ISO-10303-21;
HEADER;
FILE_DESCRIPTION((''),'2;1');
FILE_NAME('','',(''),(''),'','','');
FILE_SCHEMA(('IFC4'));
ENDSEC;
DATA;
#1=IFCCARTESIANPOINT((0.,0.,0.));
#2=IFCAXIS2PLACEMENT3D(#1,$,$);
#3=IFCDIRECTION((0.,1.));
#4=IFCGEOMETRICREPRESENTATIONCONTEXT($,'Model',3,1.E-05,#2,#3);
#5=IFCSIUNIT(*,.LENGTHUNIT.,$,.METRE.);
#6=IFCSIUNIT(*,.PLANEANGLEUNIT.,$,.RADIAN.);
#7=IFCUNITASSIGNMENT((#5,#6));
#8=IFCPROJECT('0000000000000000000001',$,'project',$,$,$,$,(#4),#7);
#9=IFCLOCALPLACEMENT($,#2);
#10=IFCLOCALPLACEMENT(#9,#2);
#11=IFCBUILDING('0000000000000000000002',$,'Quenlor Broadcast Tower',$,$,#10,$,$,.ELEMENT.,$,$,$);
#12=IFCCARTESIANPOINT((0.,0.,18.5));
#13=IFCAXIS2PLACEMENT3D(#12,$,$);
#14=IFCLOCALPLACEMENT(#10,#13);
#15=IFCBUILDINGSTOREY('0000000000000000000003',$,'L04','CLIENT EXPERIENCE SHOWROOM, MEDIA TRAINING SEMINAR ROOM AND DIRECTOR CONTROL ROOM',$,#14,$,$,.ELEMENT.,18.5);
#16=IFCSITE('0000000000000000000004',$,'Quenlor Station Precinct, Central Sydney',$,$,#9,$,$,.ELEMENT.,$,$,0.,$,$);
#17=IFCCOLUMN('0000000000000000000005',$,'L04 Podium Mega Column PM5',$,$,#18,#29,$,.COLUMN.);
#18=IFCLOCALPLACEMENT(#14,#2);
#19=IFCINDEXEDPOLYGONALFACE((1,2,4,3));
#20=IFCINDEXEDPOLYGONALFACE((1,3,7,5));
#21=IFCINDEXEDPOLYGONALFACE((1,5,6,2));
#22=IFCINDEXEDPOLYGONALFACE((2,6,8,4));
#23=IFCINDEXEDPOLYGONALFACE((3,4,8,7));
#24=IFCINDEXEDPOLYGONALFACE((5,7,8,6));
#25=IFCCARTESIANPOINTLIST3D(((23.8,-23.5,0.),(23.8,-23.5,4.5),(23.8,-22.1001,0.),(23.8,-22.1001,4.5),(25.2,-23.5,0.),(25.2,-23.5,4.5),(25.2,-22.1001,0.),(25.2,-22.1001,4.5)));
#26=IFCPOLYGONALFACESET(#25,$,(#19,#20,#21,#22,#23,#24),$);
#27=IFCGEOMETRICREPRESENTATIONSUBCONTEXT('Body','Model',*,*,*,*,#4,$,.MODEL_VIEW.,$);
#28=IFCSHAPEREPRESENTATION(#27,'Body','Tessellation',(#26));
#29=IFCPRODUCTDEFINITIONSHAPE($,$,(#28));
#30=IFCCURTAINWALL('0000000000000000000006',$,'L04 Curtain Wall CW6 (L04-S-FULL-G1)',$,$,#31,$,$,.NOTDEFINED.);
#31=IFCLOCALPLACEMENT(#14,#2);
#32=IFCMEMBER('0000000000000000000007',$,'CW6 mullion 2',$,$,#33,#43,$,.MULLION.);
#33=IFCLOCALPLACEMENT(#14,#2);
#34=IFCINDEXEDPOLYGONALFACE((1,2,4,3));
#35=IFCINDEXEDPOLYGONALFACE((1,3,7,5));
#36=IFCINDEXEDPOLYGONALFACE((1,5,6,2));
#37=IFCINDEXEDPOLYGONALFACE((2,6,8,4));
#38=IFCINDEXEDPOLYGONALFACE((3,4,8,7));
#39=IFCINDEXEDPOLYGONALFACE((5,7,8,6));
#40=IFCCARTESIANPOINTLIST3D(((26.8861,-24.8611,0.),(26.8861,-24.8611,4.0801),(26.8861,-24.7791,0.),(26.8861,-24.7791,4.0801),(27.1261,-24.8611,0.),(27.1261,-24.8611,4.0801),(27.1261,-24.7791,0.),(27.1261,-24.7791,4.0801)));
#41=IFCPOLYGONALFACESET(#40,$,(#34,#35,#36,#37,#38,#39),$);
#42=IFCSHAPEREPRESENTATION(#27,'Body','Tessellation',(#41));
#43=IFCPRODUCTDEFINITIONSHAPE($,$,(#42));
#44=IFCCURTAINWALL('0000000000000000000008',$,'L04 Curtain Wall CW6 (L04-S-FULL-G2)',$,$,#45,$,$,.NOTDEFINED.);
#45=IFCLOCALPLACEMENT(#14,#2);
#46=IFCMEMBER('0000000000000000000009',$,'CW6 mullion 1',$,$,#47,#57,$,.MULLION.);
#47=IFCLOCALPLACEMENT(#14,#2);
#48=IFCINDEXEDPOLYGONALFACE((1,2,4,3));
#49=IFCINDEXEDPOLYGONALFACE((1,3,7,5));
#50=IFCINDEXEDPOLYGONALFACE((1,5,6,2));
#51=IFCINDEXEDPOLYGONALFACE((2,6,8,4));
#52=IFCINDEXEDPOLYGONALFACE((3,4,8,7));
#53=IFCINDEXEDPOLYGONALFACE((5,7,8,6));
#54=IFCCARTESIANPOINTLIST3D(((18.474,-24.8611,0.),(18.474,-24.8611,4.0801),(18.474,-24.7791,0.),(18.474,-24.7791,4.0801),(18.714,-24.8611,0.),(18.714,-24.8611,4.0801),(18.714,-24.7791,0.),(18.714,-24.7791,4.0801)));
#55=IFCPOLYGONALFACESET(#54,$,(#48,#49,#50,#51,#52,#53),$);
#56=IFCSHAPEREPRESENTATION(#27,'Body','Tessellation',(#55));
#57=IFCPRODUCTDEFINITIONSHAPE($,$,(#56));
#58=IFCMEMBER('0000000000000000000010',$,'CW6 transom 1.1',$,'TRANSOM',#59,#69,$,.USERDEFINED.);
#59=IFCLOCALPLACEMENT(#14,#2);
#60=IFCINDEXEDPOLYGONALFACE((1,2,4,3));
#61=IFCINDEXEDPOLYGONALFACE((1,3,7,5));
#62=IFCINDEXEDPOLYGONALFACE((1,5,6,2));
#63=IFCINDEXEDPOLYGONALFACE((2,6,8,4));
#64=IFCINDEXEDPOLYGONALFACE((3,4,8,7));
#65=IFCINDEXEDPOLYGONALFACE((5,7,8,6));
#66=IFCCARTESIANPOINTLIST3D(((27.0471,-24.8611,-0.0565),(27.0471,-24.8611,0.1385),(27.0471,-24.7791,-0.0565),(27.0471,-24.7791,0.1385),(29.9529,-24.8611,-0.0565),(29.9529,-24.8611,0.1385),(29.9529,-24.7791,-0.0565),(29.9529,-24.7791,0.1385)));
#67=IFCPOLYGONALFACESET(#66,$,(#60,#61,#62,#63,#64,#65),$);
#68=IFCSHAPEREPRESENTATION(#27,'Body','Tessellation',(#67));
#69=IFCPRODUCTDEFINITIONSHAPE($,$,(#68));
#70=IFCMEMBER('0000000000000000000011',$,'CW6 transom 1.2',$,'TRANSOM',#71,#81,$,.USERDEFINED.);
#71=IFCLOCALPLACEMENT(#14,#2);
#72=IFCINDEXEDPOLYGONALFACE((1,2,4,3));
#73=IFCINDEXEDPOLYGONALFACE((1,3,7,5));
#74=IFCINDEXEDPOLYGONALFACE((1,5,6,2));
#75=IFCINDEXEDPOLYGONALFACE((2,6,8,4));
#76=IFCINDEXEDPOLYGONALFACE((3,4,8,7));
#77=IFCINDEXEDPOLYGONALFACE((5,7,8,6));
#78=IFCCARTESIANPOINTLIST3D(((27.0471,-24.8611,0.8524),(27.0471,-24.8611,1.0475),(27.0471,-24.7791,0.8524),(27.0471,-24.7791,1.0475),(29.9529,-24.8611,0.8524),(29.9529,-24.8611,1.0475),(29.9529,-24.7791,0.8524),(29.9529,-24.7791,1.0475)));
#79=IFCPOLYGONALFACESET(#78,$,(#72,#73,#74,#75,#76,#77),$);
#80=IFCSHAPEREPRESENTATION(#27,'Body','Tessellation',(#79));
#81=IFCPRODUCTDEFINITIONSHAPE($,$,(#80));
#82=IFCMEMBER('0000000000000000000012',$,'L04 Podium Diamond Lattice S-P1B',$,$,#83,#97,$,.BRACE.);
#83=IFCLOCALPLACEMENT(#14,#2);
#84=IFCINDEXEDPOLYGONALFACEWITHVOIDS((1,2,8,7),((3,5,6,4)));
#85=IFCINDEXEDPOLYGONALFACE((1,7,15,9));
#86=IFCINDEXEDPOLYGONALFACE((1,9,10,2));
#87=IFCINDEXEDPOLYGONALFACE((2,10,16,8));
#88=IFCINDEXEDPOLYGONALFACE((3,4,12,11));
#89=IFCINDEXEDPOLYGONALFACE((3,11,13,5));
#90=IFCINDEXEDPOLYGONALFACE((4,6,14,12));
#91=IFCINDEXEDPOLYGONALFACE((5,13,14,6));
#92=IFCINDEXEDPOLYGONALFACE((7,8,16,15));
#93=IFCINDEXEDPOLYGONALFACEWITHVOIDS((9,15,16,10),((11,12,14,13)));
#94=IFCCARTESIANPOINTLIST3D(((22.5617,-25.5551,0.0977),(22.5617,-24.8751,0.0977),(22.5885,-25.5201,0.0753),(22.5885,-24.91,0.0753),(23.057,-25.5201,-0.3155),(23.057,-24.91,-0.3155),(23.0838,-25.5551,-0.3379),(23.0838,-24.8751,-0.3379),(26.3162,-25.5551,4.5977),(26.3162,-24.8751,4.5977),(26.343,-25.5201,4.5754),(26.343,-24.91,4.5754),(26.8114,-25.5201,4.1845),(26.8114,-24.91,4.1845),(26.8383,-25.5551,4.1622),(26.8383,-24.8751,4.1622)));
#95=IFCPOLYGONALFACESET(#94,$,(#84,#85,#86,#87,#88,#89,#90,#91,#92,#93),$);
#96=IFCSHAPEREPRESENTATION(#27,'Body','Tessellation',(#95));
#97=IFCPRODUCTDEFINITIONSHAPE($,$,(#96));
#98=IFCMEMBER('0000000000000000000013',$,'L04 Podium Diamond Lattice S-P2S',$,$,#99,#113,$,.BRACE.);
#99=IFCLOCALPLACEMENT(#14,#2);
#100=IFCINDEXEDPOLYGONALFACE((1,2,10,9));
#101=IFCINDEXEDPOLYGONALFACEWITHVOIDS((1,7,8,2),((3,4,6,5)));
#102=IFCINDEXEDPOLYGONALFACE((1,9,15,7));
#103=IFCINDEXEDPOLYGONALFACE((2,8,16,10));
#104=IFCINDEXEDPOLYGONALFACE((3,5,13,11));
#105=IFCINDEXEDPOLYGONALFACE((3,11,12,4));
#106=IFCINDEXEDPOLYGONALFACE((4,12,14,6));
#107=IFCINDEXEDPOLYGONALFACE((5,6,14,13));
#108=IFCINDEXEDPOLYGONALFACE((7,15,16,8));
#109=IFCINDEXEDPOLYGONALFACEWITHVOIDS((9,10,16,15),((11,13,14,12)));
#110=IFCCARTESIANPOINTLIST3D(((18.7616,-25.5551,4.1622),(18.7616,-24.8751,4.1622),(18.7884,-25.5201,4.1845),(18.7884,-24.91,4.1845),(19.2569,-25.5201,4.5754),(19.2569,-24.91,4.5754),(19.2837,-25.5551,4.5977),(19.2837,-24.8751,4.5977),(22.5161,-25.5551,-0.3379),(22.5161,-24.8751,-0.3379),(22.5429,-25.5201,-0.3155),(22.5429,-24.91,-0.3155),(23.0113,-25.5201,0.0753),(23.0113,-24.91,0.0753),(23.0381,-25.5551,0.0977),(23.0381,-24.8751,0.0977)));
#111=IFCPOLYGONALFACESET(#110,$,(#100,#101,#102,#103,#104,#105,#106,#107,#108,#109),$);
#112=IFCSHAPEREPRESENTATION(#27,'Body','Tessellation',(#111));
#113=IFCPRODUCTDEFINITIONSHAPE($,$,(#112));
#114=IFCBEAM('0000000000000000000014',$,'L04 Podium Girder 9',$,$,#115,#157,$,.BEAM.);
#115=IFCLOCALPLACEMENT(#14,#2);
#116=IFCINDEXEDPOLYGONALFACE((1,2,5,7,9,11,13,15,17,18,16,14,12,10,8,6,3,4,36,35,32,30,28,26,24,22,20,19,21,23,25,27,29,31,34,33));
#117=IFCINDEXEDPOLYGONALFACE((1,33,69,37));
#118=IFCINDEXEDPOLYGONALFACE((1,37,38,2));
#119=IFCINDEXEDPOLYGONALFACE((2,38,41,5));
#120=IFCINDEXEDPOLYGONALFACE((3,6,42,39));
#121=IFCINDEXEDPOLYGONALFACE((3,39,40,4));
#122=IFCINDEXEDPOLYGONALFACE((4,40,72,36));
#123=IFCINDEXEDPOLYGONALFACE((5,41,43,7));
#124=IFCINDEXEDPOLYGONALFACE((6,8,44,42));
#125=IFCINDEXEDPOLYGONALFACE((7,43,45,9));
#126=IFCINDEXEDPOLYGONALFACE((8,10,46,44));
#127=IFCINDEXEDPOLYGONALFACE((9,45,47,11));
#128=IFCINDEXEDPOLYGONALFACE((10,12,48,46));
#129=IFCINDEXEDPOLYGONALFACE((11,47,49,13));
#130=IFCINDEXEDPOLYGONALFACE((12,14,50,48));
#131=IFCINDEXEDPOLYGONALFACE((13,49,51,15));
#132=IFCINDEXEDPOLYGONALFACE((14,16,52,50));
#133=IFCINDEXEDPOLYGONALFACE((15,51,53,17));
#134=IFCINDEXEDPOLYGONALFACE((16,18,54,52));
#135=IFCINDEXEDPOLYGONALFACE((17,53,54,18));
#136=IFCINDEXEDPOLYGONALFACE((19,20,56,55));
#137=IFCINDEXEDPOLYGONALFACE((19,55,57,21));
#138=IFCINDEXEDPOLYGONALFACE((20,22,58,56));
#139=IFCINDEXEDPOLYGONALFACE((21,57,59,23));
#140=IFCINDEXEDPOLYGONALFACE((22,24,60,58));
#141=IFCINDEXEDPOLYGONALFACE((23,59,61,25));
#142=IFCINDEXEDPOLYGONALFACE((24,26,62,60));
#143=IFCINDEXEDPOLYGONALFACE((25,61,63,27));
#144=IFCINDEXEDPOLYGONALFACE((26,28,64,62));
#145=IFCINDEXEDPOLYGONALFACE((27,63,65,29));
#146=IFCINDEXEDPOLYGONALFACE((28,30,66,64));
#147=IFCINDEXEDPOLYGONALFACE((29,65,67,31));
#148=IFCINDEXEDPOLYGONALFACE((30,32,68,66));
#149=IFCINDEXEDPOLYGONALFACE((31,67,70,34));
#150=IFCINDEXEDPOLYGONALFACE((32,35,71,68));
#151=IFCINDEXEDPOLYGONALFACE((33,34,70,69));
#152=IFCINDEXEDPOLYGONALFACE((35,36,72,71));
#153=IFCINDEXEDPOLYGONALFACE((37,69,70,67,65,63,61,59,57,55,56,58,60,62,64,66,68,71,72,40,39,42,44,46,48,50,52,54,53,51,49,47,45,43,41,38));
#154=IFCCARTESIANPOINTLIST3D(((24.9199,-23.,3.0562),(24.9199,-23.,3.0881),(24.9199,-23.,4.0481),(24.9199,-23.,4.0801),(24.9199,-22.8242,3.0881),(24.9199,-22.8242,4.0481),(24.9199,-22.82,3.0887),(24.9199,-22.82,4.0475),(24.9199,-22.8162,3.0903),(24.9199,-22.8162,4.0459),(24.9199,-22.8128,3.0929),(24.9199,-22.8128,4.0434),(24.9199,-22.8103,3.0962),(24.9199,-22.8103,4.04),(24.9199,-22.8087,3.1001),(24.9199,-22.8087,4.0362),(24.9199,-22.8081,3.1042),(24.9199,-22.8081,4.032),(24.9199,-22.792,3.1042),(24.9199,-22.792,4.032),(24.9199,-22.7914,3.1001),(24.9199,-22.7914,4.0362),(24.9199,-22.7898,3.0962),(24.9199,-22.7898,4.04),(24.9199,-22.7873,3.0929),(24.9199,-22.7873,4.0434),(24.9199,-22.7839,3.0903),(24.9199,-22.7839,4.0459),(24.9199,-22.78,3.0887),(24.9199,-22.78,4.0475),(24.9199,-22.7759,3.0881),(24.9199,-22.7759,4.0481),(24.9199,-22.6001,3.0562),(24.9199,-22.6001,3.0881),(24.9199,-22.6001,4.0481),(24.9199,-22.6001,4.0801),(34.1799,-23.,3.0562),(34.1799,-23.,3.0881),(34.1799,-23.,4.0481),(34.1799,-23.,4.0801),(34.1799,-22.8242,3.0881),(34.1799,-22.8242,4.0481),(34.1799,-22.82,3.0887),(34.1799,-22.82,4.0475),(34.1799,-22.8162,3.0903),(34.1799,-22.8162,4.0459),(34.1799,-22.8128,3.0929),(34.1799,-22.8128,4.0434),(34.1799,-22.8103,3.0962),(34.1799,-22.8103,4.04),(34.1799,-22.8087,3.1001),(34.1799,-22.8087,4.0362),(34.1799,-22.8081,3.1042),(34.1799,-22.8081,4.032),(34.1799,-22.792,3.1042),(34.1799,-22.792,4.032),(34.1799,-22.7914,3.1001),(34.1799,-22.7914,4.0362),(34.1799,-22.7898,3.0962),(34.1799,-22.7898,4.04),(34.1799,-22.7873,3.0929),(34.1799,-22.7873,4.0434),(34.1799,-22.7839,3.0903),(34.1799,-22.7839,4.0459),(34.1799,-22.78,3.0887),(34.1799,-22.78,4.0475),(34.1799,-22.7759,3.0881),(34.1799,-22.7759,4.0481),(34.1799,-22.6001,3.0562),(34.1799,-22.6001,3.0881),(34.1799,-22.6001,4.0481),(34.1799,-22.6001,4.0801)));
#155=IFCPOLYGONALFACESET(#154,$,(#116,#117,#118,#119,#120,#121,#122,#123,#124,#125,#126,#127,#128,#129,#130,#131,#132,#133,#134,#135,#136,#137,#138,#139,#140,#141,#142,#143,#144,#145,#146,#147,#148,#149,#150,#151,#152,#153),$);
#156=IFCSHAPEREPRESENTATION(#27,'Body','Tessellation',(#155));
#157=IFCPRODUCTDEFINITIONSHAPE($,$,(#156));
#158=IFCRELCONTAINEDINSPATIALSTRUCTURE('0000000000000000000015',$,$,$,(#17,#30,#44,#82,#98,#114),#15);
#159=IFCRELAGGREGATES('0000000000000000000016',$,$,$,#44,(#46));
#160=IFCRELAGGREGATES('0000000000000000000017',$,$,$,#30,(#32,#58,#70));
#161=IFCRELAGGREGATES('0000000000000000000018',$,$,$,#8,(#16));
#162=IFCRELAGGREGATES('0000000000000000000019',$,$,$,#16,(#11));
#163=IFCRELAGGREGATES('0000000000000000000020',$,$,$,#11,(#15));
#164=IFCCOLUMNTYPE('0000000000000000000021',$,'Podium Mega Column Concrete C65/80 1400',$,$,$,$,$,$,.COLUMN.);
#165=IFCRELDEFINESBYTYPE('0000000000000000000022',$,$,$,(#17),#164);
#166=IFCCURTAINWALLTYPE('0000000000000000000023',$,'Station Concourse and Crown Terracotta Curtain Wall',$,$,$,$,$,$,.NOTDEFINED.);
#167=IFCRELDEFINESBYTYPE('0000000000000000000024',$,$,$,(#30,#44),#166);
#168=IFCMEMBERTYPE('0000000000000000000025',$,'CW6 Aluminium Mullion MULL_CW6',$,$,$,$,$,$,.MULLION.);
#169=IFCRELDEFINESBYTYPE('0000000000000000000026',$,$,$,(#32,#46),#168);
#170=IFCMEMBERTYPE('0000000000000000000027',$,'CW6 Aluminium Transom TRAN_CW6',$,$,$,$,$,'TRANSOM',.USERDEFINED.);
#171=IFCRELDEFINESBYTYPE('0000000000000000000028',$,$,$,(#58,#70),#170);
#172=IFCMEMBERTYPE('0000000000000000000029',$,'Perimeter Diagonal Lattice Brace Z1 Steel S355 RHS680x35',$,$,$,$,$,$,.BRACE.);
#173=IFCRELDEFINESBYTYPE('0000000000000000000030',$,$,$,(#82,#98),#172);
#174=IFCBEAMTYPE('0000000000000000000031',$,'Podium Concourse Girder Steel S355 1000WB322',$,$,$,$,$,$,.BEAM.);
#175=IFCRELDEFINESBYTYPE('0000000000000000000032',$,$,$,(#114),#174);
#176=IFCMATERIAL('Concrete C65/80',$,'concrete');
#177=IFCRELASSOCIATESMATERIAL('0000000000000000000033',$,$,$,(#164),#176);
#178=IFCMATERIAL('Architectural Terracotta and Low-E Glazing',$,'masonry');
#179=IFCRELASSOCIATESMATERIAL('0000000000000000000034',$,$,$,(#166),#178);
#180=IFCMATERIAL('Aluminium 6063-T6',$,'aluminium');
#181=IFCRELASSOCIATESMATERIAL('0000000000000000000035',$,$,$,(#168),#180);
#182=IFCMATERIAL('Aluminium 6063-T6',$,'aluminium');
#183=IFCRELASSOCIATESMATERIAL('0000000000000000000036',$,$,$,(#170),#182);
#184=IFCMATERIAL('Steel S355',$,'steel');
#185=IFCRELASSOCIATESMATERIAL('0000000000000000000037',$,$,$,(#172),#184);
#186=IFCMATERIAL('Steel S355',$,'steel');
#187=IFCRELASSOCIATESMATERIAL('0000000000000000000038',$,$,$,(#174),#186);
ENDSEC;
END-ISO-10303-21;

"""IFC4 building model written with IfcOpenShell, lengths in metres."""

from ifc_helpers import new_model, si_unit, direction, frame, origin, origin_2d, place, context, subcontext, project, spatial, rectangle, hollow_rectangle, i_section, extrude, material, material_profile, profile_set, type_object, element, aggregate, save


model = new_model("IFC4")

# Units and contexts
model_context = context("Model", 3, precision=1e-05, world=origin(), true_north=direction((0.0, 1.0)))
body_context = subcontext(model_context, "Body", "Model", "MODEL_VIEW")
ifc_project = project(units=[si_unit("LENGTHUNIT", "METRE"), si_unit("PLANEANGLEUNIT", "RADIAN")], contexts=[model_context])

# Site, building, storey
site_placement = place(None, origin())
site = spatial("IfcSite", under=ifc_project, at=site_placement, Name="Quenlor Station Precinct, Central Sydney", CompositionType="ELEMENT", RefElevation=0.0)
building_placement = place(site_placement, origin())
building = spatial("IfcBuilding", under=site, at=building_placement, Name="Quenlor Broadcast Tower", CompositionType="ELEMENT")
storey_placement = place(building_placement, frame((0.0, 0.0, 18.5)))
storey = spatial("IfcBuildingStorey", under=building, at=storey_placement, Name="L04", Description="CLIENT EXPERIENCE SHOWROOM, MEDIA TRAINING SEMINAR ROOM AND DIRECTOR CONTROL ROOM", CompositionType="ELEMENT", Elevation=18.5)

# Column
ifc_material_1 = material(Name="Concrete C65/80", Category="concrete")
ifc_material_profile_1 = material_profile(ifc_material_1, rectangle(XDim=1.3999, YDim=1.3999, at=origin_2d()))
ifc_profile_set_1 = profile_set([ifc_material_profile_1], Name="Concrete C65/80 RC1400x1400")
column_type = type_object("IfcColumnType", Name="Podium Mega Column Concrete C65/80 1400", PredefinedType="COLUMN", material=ifc_profile_set_1)
column_placement = place(storey_placement, frame((24.5, -22.8, 0.0), z_axis=(0.0, 0.0, 1.0), x_axis=(1.0, 0.0, 0.0)))
element("IfcColumn", 1, at=column_placement, inside=storey, type_object=column_type, Name="L04 Podium Mega Column PM5", PredefinedType="COLUMN", context=body_context, shape_type="SweptSolid", body=[
    extrude(rectangle(XDim=1.3999, YDim=1.3999, at=origin_2d()), origin(), (0.0, 0.0, 1.0), 4.5),
])

# Curtain walls, members
ifc_material_2 = material(Name="Architectural Terracotta and Low-E Glazing", Category="masonry")
curtain_wall_type = type_object("IfcCurtainWallType", Name="Station Concourse and Crown Terracotta Curtain Wall", PredefinedType="NOTDEFINED", material=ifc_material_2)
curtain_wall_1_placement = place(storey_placement, origin())
curtain_wall_1 = element("IfcCurtainWall", 2, at=curtain_wall_1_placement, inside=storey, type_object=curtain_wall_type, Name="L04 Curtain Wall CW6 (L04-S-FULL-G1)", PredefinedType="NOTDEFINED")
ifc_material_3 = material(Name="Aluminium 6063-T6", Category="aluminium")
ifc_material_profile_2 = material_profile(ifc_material_3, rectangle(XDim=0.082, YDim=0.24, at=origin_2d()))
ifc_profile_set_2 = profile_set([ifc_material_profile_2], Name="Aluminium 6063-T6 MULL82x240")
member_type_1 = type_object("IfcMemberType", Name="CW6 Aluminium Mullion MULL_CW6", PredefinedType="MULLION", material=ifc_profile_set_2)
member_1_placement = place(storey_placement, frame((27.0061, -24.8201, 0.0), z_axis=(0.0, 0.0, 1.0), x_axis=(0.0, -1.0, 0.0)))
member_1 = element("IfcMember", 3, at=member_1_placement, type_object=member_type_1, Name="CW6 mullion 2", PredefinedType="MULLION", context=body_context, shape_type="SweptSolid", body=[
    extrude(rectangle(XDim=0.082, YDim=0.24, at=origin_2d()), origin(), (0.0, 0.0, 1.0), 4.0801),
])
curtain_wall_2_placement = place(storey_placement, origin())
curtain_wall_2 = element("IfcCurtainWall", 4, at=curtain_wall_2_placement, inside=storey, type_object=curtain_wall_type, Name="L04 Curtain Wall CW6 (L04-S-FULL-G2)", PredefinedType="NOTDEFINED")
member_2_placement = place(storey_placement, frame((18.594, -24.8201, 0.0), z_axis=(0.0, 0.0, 1.0), x_axis=(0.0, -1.0, 0.0)))
member_2 = element("IfcMember", 5, at=member_2_placement, type_object=member_type_1, Name="CW6 mullion 1", PredefinedType="MULLION", context=body_context, shape_type="SweptSolid", body=[
    extrude(rectangle(XDim=0.082, YDim=0.24, at=origin_2d()), origin(), (0.0, 0.0, 1.0), 4.0801),
])
aggregate(curtain_wall_2, [member_2])

# Members
ifc_material_4 = material(Name="Aluminium 6063-T6", Category="aluminium")
ifc_material_profile_3 = material_profile(ifc_material_4, rectangle(XDim=0.082, YDim=0.1951, at=origin_2d()))
ifc_profile_set_3 = profile_set([ifc_material_profile_3], Name="Aluminium 6063-T6 TRAN82x195")
member_type_2 = type_object("IfcMemberType", Name="CW6 Aluminium Transom TRAN_CW6", ElementType="TRANSOM", PredefinedType="USERDEFINED", material=ifc_profile_set_3)
member_3_placement = place(storey_placement, frame((29.9529, -24.8201, 0.041), z_axis=(-1.0, 0.0, 0.0), x_axis=(0.0, -1.0, 0.0)))
member_3 = element("IfcMember", 6, at=member_3_placement, type_object=member_type_2, Name="CW6 transom 1.1", ObjectType="TRANSOM", PredefinedType="USERDEFINED", context=body_context, shape_type="SweptSolid", body=[
    extrude(rectangle(XDim=0.082, YDim=0.1951, at=origin_2d()), origin(), (0.0, 0.0, 1.0), 2.9058),
])
member_4_placement = place(storey_placement, frame((29.9529, -24.8201, 0.95), z_axis=(-1.0, 0.0, 0.0), x_axis=(0.0, -1.0, 0.0)))
member_4 = element("IfcMember", 7, at=member_4_placement, type_object=member_type_2, Name="CW6 transom 1.2", ObjectType="TRANSOM", PredefinedType="USERDEFINED", context=body_context, shape_type="SweptSolid", body=[
    extrude(rectangle(XDim=0.082, YDim=0.1951, at=origin_2d()), origin(), (0.0, 0.0, 1.0), 2.9058),
])

# Members
ifc_material_5 = material(Name="Steel S355", Category="steel")
ifc_material_profile_4 = material_profile(ifc_material_5, hollow_rectangle(XDim=0.6799, YDim=0.6799, WallThickness=0.0349, at=origin_2d()))
ifc_profile_set_4 = profile_set([ifc_material_profile_4], Name="Steel S355 RHS680x680x35")
member_type_3 = type_object("IfcMemberType", Name="Perimeter Diagonal Lattice Brace Z1 Steel S355 RHS680x35", PredefinedType="BRACE", material=ifc_profile_set_4)
for number, where, z_axis, x_axis, name in (
    (8, (22.8228, -25.2151, -0.1201), (0.640627, 0.0, 0.767852), (0.0, 1.0, 0.0), "L04 Podium Diamond Lattice S-P1B"),
    (9, (22.7771, -25.2151, -0.1201), (-0.640627, 0.0, 0.767852), (0.0, -1.0, 0.0), "L04 Podium Diamond Lattice S-P2S"),
):
    element("IfcMember", number, at=place(storey_placement, frame(where, z_axis=z_axis, x_axis=x_axis)), inside=storey, type_object=member_type_3, Name=name, PredefinedType="BRACE", context=body_context, shape_type="SweptSolid", body=[
        extrude(hollow_rectangle(XDim=0.6799, YDim=0.6799, WallThickness=0.0349, at=origin_2d()), origin(), (0.0, 0.0, 1.0), 5.8606),
    ])

# Beam
ifc_material_6 = material(Name="Steel S355", Category="steel")
ifc_material_profile_5 = material_profile(ifc_material_6, i_section(OverallWidth=0.3999, OverallDepth=1.0239, WebThickness=0.0161, FlangeThickness=0.032, FilletRadius=0.0161, at=origin_2d()))
ifc_profile_set_5 = profile_set([ifc_material_profile_5], Name="Steel S355 1000WB322")
beam_type_1 = type_object("IfcBeamType", Name="Podium Concourse Girder Steel S355 1000WB322", PredefinedType="BEAM", material=ifc_profile_set_5)
beam_1_placement = place(storey_placement, frame((24.9199, -22.8, 3.5681), z_axis=(1.0, 0.0, 0.0), x_axis=(0.0, 1.0, 0.0)))
element("IfcBeam", 10, at=beam_1_placement, inside=storey, type_object=beam_type_1, Name="L04 Podium Girder 9", PredefinedType="BEAM", context=body_context, shape_type="SweptSolid", body=[
    extrude(i_section(OverallWidth=0.3999, OverallDepth=1.0239, WebThickness=0.0161, FlangeThickness=0.032, FilletRadius=0.0161, at=origin_2d()), origin(), (0.0, 0.0, 1.0), 9.26),
])

aggregate(curtain_wall_1, [member_1, member_3, member_4])

save(model, "model.ifc")
